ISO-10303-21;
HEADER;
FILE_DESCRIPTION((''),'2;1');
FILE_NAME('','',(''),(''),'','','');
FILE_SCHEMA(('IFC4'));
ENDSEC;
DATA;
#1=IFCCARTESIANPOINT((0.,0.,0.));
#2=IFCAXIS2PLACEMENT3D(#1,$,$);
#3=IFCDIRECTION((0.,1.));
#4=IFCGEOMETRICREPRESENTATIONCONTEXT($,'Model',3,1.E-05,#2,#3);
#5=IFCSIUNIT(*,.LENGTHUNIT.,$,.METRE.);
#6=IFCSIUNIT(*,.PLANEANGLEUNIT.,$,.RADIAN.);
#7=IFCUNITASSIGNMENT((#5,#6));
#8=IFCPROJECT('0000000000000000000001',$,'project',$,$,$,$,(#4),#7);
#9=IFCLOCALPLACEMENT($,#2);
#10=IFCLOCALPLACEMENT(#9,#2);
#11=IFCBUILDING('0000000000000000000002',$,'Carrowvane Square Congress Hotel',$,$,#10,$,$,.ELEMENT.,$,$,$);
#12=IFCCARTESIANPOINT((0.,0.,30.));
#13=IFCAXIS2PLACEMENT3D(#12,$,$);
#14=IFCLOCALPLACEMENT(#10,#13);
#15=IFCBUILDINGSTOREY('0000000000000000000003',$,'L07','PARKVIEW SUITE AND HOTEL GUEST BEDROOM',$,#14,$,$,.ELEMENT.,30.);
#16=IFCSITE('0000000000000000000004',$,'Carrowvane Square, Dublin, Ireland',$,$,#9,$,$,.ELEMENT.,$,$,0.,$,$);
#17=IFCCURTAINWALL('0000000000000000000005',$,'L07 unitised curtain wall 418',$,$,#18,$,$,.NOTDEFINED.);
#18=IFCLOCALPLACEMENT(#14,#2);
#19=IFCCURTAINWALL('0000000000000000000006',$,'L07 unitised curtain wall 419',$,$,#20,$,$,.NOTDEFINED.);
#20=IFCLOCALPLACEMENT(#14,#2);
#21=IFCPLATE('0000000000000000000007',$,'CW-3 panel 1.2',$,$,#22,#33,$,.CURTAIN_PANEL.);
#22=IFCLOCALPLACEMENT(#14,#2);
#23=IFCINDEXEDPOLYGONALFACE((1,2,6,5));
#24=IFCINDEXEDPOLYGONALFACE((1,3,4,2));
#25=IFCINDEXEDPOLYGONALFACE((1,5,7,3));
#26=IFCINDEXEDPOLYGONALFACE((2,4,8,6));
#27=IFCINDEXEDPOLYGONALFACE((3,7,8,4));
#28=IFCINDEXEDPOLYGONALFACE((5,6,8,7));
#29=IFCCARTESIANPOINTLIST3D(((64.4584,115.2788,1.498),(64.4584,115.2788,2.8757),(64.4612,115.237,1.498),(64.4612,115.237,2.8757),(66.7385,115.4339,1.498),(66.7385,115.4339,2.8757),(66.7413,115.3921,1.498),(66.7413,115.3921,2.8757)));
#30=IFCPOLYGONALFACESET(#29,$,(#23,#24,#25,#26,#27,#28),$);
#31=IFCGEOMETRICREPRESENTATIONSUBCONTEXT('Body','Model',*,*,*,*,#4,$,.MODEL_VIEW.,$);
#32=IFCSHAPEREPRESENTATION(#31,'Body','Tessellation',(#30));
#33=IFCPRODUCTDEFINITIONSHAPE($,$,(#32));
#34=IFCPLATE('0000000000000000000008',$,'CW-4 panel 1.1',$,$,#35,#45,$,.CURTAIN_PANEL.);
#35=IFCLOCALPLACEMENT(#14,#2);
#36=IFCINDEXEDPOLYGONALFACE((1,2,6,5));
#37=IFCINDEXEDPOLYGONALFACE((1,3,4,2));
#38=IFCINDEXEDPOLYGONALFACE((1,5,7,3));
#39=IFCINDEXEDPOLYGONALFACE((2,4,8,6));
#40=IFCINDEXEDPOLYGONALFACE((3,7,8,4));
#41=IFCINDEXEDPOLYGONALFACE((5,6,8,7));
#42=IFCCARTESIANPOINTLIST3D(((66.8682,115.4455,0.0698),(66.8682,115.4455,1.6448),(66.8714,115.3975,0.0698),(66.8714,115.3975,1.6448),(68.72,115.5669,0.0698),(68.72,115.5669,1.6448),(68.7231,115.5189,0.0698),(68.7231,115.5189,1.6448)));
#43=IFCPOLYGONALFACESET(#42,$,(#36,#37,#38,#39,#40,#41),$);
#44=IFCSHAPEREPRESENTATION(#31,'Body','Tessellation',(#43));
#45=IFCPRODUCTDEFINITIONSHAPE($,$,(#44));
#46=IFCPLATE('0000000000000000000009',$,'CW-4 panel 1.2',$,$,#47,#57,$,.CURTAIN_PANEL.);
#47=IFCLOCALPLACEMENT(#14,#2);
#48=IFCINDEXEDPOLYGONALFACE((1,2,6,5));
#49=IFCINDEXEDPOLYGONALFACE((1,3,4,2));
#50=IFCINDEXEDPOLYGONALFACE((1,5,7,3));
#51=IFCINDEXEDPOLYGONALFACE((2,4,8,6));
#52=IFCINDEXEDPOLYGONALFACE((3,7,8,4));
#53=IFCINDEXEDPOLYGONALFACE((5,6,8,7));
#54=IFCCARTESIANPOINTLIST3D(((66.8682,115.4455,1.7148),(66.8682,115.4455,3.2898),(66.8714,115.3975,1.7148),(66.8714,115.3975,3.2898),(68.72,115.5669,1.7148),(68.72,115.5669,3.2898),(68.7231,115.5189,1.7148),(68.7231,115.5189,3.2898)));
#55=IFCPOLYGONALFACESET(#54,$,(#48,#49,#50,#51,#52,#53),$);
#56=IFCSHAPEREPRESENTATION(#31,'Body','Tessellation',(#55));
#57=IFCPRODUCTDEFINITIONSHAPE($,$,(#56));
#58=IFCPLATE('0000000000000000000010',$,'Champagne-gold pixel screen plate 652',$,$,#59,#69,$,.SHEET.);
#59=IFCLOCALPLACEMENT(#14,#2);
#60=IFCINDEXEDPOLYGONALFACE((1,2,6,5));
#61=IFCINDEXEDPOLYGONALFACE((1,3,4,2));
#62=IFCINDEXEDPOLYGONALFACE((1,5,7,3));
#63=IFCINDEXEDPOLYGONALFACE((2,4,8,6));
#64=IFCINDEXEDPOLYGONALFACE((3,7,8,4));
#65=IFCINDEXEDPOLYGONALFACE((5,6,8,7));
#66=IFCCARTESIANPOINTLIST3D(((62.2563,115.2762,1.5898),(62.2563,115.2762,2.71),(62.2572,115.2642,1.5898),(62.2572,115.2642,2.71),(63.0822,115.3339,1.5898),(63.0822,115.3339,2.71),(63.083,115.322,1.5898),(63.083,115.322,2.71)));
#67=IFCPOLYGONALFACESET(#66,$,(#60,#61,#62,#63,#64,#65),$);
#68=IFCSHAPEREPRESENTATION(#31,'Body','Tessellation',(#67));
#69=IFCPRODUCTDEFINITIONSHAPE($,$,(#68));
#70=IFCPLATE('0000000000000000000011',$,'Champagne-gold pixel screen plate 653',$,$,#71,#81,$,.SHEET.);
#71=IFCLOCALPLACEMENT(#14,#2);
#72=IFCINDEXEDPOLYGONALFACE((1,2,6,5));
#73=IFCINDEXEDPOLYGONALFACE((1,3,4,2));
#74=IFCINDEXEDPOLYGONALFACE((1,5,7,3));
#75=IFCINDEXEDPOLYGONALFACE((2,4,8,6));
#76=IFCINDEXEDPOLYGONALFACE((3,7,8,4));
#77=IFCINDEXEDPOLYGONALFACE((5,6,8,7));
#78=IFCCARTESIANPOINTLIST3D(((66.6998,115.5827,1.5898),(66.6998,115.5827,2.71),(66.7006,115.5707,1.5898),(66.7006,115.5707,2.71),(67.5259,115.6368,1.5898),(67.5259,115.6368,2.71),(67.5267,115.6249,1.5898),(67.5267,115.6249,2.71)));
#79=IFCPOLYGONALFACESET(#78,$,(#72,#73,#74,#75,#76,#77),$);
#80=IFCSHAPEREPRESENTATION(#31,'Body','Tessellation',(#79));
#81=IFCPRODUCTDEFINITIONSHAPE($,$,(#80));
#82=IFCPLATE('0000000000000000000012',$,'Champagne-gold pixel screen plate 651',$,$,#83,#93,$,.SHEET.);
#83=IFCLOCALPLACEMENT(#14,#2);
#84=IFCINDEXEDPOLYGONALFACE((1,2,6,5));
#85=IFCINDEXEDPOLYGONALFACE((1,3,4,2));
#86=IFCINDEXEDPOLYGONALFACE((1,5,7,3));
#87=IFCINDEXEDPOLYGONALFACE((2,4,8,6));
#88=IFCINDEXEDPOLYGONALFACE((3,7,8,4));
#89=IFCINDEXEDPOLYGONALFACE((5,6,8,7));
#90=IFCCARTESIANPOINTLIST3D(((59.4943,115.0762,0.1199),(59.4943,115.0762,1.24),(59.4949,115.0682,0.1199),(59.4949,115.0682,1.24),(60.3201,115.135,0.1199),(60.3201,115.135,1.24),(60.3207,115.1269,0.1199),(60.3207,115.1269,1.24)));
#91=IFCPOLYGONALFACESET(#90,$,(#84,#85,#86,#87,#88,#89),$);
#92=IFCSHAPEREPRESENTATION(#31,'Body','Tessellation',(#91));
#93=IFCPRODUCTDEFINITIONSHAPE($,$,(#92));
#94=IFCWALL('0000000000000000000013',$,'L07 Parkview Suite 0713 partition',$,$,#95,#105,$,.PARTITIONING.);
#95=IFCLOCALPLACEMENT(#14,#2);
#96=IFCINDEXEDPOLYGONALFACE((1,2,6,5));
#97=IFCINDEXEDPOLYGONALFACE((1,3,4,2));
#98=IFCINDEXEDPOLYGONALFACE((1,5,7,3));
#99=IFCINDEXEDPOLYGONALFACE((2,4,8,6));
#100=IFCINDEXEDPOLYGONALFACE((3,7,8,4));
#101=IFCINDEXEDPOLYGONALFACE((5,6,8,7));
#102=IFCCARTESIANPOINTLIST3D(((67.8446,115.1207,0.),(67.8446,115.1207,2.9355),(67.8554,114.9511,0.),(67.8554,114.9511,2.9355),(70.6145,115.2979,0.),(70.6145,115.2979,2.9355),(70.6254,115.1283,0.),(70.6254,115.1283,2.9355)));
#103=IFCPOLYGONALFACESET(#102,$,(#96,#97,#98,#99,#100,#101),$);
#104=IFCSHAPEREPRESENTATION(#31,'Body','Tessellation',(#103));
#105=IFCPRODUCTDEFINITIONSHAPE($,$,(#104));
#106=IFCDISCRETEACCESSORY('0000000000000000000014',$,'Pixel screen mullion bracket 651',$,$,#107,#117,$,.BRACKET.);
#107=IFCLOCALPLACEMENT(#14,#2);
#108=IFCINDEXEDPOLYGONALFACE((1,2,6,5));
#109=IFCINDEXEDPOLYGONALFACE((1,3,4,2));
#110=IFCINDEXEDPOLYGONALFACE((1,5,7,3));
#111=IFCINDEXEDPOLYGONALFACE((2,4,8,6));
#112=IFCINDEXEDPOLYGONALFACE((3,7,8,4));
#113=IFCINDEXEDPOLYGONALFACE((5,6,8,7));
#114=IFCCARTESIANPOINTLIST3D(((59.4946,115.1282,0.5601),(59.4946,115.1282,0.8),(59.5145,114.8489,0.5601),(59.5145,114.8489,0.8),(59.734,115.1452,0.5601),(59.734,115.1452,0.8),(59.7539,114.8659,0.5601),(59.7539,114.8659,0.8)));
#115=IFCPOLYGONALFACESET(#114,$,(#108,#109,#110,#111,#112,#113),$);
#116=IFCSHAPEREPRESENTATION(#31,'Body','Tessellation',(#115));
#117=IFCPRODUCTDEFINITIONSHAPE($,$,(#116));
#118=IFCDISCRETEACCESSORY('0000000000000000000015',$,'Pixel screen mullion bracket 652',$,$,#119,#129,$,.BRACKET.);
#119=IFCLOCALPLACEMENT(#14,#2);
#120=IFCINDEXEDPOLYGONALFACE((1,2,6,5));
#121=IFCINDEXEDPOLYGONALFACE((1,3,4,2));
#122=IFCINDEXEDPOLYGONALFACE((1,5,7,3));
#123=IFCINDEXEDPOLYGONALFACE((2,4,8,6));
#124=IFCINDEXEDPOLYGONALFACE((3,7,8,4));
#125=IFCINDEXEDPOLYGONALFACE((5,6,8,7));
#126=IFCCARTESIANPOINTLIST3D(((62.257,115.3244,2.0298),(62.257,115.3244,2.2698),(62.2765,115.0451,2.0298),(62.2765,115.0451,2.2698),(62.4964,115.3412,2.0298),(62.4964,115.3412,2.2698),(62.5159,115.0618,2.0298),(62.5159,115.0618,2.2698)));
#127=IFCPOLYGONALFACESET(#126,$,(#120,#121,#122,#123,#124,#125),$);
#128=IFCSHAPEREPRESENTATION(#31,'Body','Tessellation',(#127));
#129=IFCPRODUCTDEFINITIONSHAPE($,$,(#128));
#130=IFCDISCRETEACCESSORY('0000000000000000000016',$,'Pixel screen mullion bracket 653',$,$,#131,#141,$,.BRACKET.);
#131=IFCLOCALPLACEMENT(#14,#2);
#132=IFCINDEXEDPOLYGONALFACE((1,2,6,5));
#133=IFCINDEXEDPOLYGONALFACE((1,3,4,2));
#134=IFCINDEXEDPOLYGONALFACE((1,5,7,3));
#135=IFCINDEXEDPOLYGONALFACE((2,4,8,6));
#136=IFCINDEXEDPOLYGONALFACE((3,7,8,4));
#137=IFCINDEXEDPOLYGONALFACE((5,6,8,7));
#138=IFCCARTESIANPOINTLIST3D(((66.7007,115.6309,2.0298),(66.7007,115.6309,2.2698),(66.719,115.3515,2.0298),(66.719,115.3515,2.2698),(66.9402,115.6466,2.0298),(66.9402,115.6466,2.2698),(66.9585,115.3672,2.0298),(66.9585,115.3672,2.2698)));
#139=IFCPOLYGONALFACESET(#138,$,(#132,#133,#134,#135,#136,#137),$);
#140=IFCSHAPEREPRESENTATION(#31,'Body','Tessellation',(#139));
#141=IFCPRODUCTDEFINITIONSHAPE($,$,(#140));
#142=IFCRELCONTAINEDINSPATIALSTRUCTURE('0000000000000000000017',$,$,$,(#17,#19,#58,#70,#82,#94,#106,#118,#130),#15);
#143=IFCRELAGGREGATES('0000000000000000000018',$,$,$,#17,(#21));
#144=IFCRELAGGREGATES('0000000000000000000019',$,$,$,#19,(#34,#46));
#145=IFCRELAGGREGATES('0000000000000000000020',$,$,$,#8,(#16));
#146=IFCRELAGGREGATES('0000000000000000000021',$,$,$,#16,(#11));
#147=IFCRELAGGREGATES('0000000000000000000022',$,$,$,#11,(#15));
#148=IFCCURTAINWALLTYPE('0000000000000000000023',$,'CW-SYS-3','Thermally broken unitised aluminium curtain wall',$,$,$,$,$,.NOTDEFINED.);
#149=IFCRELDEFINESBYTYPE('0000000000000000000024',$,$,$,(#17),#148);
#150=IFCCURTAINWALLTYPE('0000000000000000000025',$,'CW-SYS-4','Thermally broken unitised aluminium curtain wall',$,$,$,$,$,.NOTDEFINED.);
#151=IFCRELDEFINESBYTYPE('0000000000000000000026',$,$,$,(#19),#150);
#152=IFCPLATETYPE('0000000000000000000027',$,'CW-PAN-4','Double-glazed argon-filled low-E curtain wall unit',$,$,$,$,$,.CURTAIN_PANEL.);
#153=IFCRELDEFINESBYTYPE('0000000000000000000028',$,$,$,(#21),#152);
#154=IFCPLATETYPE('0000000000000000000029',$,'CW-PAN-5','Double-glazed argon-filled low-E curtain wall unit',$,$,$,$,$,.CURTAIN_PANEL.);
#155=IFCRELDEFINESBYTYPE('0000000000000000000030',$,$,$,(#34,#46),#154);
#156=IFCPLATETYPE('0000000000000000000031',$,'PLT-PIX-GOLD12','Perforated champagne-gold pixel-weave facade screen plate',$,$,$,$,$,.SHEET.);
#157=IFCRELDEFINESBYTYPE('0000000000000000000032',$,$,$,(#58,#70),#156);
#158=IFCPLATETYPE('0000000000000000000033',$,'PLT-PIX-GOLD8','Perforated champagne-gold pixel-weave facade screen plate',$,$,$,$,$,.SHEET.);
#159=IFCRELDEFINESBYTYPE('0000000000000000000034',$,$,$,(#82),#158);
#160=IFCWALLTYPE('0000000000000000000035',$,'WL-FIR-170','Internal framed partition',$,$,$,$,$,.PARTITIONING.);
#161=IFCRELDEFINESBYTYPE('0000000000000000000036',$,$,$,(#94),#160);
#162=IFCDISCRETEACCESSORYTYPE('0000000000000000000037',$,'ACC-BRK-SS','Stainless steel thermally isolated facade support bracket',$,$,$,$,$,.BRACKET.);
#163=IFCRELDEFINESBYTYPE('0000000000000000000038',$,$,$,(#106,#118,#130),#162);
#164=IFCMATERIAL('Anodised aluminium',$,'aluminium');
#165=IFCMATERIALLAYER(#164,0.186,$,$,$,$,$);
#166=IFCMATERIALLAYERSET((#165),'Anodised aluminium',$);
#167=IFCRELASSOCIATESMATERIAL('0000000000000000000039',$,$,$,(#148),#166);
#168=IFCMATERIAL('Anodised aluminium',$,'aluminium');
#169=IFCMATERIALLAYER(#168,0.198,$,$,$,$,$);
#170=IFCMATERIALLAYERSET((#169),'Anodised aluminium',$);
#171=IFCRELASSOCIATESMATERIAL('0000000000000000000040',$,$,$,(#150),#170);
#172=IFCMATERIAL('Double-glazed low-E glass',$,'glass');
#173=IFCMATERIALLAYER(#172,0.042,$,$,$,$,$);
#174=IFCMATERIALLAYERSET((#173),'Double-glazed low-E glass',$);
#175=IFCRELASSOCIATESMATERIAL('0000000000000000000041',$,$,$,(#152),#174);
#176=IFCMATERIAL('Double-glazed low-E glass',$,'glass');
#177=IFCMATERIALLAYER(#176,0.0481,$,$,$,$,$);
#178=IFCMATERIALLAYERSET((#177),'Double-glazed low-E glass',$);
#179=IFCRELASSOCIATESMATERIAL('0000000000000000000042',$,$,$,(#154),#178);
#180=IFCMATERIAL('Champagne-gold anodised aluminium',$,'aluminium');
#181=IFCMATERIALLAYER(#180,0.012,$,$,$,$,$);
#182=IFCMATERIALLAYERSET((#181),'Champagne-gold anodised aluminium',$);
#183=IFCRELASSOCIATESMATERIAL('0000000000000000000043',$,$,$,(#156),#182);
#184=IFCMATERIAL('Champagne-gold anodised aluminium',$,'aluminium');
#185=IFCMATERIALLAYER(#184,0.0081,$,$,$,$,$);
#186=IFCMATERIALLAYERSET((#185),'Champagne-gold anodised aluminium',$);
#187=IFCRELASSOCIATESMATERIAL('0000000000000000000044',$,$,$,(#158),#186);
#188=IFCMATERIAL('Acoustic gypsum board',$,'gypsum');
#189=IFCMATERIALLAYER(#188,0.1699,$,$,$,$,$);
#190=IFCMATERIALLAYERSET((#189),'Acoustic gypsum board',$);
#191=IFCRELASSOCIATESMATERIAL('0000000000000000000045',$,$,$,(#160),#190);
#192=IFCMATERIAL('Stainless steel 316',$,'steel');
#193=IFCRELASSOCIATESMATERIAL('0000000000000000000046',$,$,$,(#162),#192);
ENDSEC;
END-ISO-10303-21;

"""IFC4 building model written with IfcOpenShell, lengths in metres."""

from ifc_helpers import new_model, si_unit, direction, frame, frame_2d, origin, origin_2d, place, context, subcontext, project, spatial, rectangle, extrude, material, layer, layer_set, type_object, element, aggregate, save


model = new_model("IFC4")

# Units and contexts
model_context = context("Model", 3, precision=1e-05, world=origin(), true_north=direction((0.0, 1.0)))
body_context = subcontext(model_context, "Body", "Model", "MODEL_VIEW")
ifc_project = project(units=[si_unit("LENGTHUNIT", "METRE"), si_unit("PLANEANGLEUNIT", "RADIAN")], contexts=[model_context])

# Site, building, storey
site_placement = place(None, origin())
site = spatial("IfcSite", under=ifc_project, at=site_placement, Name="Carrowvane Square, Dublin, Ireland", CompositionType="ELEMENT", RefElevation=0.0)
building_placement = place(site_placement, origin())
building = spatial("IfcBuilding", under=site, at=building_placement, Name="Carrowvane Square Congress Hotel", CompositionType="ELEMENT")
storey_placement = place(building_placement, frame((0.0, 0.0, 30.0)))
storey = spatial("IfcBuildingStorey", under=building, at=storey_placement, Name="L07", Description="PARKVIEW SUITE AND HOTEL GUEST BEDROOM", CompositionType="ELEMENT", Elevation=30.0)

# Curtain wall
ifc_material_1 = material(Name="Anodised aluminium", Category="aluminium")
ifc_layer_1 = layer(ifc_material_1, 0.186)
ifc_layer_set_1 = layer_set([ifc_layer_1], Name="Anodised aluminium")
curtain_wall_type_1 = type_object("IfcCurtainWallType", Name="CW-SYS-3", Description="Thermally broken unitised aluminium curtain wall", PredefinedType="NOTDEFINED", material=ifc_layer_set_1)
curtain_wall_1_placement = place(storey_placement, origin())
curtain_wall_1 = element("IfcCurtainWall", 1, at=curtain_wall_1_placement, inside=storey, type_object=curtain_wall_type_1, Name="L07 unitised curtain wall 418", PredefinedType="NOTDEFINED")

# Curtain wall
ifc_material_2 = material(Name="Anodised aluminium", Category="aluminium")
ifc_layer_2 = layer(ifc_material_2, 0.198)
ifc_layer_set_2 = layer_set([ifc_layer_2], Name="Anodised aluminium")
curtain_wall_type_2 = type_object("IfcCurtainWallType", Name="CW-SYS-4", Description="Thermally broken unitised aluminium curtain wall", PredefinedType="NOTDEFINED", material=ifc_layer_set_2)
curtain_wall_2_placement = place(storey_placement, origin())
curtain_wall_2 = element("IfcCurtainWall", 2, at=curtain_wall_2_placement, inside=storey, type_object=curtain_wall_type_2, Name="L07 unitised curtain wall 419", PredefinedType="NOTDEFINED")

# Plates
ifc_material_3 = material(Name="Double-glazed low-E glass", Category="glass")
ifc_layer_3 = layer(ifc_material_3, 0.042)
ifc_layer_set_3 = layer_set([ifc_layer_3], Name="Double-glazed low-E glass")
plate_type_1 = type_object("IfcPlateType", Name="CW-PAN-4", Description="Double-glazed argon-filled low-E curtain wall unit", PredefinedType="CURTAIN_PANEL", material=ifc_layer_set_3)
plate_1_placement = place(storey_placement, frame((65.5999, 115.3354, 1.498), z_axis=(0.0, 0.0, 1.0), x_axis=(0.997694, 0.067865, 0.0)))
plate_1 = element("IfcPlate", 3, at=plate_1_placement, type_object=plate_type_1, Name="CW-3 panel 1.2", PredefinedType="CURTAIN_PANEL", context=body_context, shape_type="SweptSolid", body=[
    extrude(rectangle(XDim=2.2854, YDim=0.042, at=origin_2d()), origin(), (0.0, 0.0, 1.0), 1.3777),
])
aggregate(curtain_wall_1, [plate_1])
ifc_material_4 = material(Name="Double-glazed low-E glass", Category="glass")
ifc_layer_4 = layer(ifc_material_4, 0.0481)
ifc_layer_set_4 = layer_set([ifc_layer_4], Name="Double-glazed low-E glass")
plate_type_2 = type_object("IfcPlateType", Name="CW-PAN-5", Description="Double-glazed argon-filled low-E curtain wall unit", PredefinedType="CURTAIN_PANEL", material=ifc_layer_set_4)
plate_2_placement = place(storey_placement, frame((67.7957, 115.4822, 0.0698), z_axis=(0.0, 0.0, 1.0), x_axis=(0.997858, 0.065412, 0.0)))
plate_2 = element("IfcPlate", 4, at=plate_2_placement, type_object=plate_type_2, Name="CW-4 panel 1.1", PredefinedType="CURTAIN_PANEL", context=body_context, shape_type="SweptSolid", body=[
    extrude(rectangle(XDim=1.8557, YDim=0.0481, at=origin_2d()), origin(), (0.0, 0.0, 1.0), 1.575),
])
plate_3_placement = place(storey_placement, frame((67.7957, 115.4822, 1.7148), z_axis=(0.0, 0.0, 1.0), x_axis=(0.997858, 0.065412, 0.0)))
plate_3 = element("IfcPlate", 5, at=plate_3_placement, type_object=plate_type_2, Name="CW-4 panel 1.2", PredefinedType="CURTAIN_PANEL", context=body_context, shape_type="SweptSolid", body=[
    extrude(rectangle(XDim=1.8557, YDim=0.0481, at=origin_2d()), origin(), (0.0, 0.0, 1.0), 1.575),
])
aggregate(curtain_wall_2, [plate_2, plate_3])

# Plates
ifc_material_5 = material(Name="Champagne-gold anodised aluminium", Category="aluminium")
ifc_layer_5 = layer(ifc_material_5, 0.012)
ifc_layer_set_5 = layer_set([ifc_layer_5], Name="Champagne-gold anodised aluminium")
plate_type_3 = type_object("IfcPlateType", Name="PLT-PIX-GOLD12", Description="Perforated champagne-gold pixel-weave facade screen plate", PredefinedType="SHEET", material=ifc_layer_set_5)
for number, where, z_axis, x_axis, name in (
    (6, (62.6697, 115.2991, 1.5898), (0.0, 0.0, 1.0), (0.997566, 0.069725, 0.0), "Champagne-gold pixel screen plate 652"),
    (7, (67.1133, 115.6038, 1.5898), (0.0, 0.0, 1.0), (0.997858, 0.065413, 0.0), "Champagne-gold pixel screen plate 653"),
):
    element("IfcPlate", number, at=place(storey_placement, frame(where, z_axis=z_axis, x_axis=x_axis)), inside=storey, type_object=plate_type_3, Name=name, PredefinedType="SHEET", context=body_context, shape_type="SweptSolid", body=[
        extrude(rectangle(XDim=0.8279, YDim=0.012, at=origin_2d()), origin(), (0.0, 0.0, 1.0), 1.1201),
    ])
ifc_material_6 = material(Name="Champagne-gold anodised aluminium", Category="aluminium")
ifc_layer_6 = layer(ifc_material_6, 0.0081)
ifc_layer_set_6 = layer_set([ifc_layer_6], Name="Champagne-gold anodised aluminium")
plate_type_4 = type_object("IfcPlateType", Name="PLT-PIX-GOLD8", Description="Perforated champagne-gold pixel-weave facade screen plate", PredefinedType="SHEET", material=ifc_layer_set_6)
plate_4_placement = place(storey_placement, frame((59.9075, 115.1016, 0.1199), z_axis=(0.0, 0.0, 1.0), x_axis=(0.997479, 0.070957, 0.0)))
element("IfcPlate", 8, at=plate_4_placement, inside=storey, type_object=plate_type_4, Name="Champagne-gold pixel screen plate 651", PredefinedType="SHEET", context=body_context, shape_type="SweptSolid", body=[
    extrude(rectangle(XDim=0.8279, YDim=0.0081, at=origin_2d()), origin(), (0.0, 0.0, 1.0), 1.1201),
])

# Wall
ifc_material_7 = material(Name="Acoustic gypsum board", Category="gypsum")
ifc_layer_7 = layer(ifc_material_7, 0.1699)
ifc_layer_set_7 = layer_set([ifc_layer_7], Name="Acoustic gypsum board")
wall_type = type_object("IfcWallType", Name="WL-FIR-170", Description="Internal framed partition", PredefinedType="PARTITIONING", material=ifc_layer_set_7)
wall_placement = place(storey_placement, frame((67.8501, 115.0359, 0.0), z_axis=(0.0, 0.0, 1.0), x_axis=(0.997959, 0.063857, 0.0)))
element("IfcWall", 9, at=wall_placement, inside=storey, type_object=wall_type, Name="L07 Parkview Suite 0713 partition", PredefinedType="PARTITIONING", context=body_context, shape_type="SweptSolid", body=[
    extrude(rectangle(XDim=2.7756, YDim=0.1699, at=frame_2d((1.3877, 0.0))), origin(), (0.0, 0.0, 1.0), 2.9355),
])

# Discrete accessories
ifc_material_8 = material(Name="Stainless steel 316", Category="steel")
discrete_accessory_type = type_object("IfcDiscreteAccessoryType", Name="ACC-BRK-SS", Description="Stainless steel thermally isolated facade support bracket", PredefinedType="BRACKET", material=ifc_material_8)
for number, where, z_axis, x_axis, name in (
    (10, (59.6243, 114.9971, 0.5601), (0.0, 0.0, 1.0), (0.997479, 0.070957, 0.0), "Pixel screen mullion bracket 651"),
    (11, (62.3865, 115.1931, 2.0298), (0.0, 0.0, 1.0), (0.997566, 0.069725, 0.0), "Pixel screen mullion bracket 652"),
    (12, (66.8296, 115.499, 2.0298), (0.0, 0.0, 1.0), (0.997858, 0.065413, 0.0), "Pixel screen mullion bracket 653"),
):
    element("IfcDiscreteAccessory", number, at=place(storey_placement, frame(where, z_axis=z_axis, x_axis=x_axis)), inside=storey, type_object=discrete_accessory_type, Name=name, PredefinedType="BRACKET", context=body_context, shape_type="SweptSolid", body=[
        extrude(rectangle(XDim=0.24, YDim=0.28, at=origin_2d()), origin(), (0.0, 0.0, 1.0), 0.24),
    ])

save(model, "model.ifc")
